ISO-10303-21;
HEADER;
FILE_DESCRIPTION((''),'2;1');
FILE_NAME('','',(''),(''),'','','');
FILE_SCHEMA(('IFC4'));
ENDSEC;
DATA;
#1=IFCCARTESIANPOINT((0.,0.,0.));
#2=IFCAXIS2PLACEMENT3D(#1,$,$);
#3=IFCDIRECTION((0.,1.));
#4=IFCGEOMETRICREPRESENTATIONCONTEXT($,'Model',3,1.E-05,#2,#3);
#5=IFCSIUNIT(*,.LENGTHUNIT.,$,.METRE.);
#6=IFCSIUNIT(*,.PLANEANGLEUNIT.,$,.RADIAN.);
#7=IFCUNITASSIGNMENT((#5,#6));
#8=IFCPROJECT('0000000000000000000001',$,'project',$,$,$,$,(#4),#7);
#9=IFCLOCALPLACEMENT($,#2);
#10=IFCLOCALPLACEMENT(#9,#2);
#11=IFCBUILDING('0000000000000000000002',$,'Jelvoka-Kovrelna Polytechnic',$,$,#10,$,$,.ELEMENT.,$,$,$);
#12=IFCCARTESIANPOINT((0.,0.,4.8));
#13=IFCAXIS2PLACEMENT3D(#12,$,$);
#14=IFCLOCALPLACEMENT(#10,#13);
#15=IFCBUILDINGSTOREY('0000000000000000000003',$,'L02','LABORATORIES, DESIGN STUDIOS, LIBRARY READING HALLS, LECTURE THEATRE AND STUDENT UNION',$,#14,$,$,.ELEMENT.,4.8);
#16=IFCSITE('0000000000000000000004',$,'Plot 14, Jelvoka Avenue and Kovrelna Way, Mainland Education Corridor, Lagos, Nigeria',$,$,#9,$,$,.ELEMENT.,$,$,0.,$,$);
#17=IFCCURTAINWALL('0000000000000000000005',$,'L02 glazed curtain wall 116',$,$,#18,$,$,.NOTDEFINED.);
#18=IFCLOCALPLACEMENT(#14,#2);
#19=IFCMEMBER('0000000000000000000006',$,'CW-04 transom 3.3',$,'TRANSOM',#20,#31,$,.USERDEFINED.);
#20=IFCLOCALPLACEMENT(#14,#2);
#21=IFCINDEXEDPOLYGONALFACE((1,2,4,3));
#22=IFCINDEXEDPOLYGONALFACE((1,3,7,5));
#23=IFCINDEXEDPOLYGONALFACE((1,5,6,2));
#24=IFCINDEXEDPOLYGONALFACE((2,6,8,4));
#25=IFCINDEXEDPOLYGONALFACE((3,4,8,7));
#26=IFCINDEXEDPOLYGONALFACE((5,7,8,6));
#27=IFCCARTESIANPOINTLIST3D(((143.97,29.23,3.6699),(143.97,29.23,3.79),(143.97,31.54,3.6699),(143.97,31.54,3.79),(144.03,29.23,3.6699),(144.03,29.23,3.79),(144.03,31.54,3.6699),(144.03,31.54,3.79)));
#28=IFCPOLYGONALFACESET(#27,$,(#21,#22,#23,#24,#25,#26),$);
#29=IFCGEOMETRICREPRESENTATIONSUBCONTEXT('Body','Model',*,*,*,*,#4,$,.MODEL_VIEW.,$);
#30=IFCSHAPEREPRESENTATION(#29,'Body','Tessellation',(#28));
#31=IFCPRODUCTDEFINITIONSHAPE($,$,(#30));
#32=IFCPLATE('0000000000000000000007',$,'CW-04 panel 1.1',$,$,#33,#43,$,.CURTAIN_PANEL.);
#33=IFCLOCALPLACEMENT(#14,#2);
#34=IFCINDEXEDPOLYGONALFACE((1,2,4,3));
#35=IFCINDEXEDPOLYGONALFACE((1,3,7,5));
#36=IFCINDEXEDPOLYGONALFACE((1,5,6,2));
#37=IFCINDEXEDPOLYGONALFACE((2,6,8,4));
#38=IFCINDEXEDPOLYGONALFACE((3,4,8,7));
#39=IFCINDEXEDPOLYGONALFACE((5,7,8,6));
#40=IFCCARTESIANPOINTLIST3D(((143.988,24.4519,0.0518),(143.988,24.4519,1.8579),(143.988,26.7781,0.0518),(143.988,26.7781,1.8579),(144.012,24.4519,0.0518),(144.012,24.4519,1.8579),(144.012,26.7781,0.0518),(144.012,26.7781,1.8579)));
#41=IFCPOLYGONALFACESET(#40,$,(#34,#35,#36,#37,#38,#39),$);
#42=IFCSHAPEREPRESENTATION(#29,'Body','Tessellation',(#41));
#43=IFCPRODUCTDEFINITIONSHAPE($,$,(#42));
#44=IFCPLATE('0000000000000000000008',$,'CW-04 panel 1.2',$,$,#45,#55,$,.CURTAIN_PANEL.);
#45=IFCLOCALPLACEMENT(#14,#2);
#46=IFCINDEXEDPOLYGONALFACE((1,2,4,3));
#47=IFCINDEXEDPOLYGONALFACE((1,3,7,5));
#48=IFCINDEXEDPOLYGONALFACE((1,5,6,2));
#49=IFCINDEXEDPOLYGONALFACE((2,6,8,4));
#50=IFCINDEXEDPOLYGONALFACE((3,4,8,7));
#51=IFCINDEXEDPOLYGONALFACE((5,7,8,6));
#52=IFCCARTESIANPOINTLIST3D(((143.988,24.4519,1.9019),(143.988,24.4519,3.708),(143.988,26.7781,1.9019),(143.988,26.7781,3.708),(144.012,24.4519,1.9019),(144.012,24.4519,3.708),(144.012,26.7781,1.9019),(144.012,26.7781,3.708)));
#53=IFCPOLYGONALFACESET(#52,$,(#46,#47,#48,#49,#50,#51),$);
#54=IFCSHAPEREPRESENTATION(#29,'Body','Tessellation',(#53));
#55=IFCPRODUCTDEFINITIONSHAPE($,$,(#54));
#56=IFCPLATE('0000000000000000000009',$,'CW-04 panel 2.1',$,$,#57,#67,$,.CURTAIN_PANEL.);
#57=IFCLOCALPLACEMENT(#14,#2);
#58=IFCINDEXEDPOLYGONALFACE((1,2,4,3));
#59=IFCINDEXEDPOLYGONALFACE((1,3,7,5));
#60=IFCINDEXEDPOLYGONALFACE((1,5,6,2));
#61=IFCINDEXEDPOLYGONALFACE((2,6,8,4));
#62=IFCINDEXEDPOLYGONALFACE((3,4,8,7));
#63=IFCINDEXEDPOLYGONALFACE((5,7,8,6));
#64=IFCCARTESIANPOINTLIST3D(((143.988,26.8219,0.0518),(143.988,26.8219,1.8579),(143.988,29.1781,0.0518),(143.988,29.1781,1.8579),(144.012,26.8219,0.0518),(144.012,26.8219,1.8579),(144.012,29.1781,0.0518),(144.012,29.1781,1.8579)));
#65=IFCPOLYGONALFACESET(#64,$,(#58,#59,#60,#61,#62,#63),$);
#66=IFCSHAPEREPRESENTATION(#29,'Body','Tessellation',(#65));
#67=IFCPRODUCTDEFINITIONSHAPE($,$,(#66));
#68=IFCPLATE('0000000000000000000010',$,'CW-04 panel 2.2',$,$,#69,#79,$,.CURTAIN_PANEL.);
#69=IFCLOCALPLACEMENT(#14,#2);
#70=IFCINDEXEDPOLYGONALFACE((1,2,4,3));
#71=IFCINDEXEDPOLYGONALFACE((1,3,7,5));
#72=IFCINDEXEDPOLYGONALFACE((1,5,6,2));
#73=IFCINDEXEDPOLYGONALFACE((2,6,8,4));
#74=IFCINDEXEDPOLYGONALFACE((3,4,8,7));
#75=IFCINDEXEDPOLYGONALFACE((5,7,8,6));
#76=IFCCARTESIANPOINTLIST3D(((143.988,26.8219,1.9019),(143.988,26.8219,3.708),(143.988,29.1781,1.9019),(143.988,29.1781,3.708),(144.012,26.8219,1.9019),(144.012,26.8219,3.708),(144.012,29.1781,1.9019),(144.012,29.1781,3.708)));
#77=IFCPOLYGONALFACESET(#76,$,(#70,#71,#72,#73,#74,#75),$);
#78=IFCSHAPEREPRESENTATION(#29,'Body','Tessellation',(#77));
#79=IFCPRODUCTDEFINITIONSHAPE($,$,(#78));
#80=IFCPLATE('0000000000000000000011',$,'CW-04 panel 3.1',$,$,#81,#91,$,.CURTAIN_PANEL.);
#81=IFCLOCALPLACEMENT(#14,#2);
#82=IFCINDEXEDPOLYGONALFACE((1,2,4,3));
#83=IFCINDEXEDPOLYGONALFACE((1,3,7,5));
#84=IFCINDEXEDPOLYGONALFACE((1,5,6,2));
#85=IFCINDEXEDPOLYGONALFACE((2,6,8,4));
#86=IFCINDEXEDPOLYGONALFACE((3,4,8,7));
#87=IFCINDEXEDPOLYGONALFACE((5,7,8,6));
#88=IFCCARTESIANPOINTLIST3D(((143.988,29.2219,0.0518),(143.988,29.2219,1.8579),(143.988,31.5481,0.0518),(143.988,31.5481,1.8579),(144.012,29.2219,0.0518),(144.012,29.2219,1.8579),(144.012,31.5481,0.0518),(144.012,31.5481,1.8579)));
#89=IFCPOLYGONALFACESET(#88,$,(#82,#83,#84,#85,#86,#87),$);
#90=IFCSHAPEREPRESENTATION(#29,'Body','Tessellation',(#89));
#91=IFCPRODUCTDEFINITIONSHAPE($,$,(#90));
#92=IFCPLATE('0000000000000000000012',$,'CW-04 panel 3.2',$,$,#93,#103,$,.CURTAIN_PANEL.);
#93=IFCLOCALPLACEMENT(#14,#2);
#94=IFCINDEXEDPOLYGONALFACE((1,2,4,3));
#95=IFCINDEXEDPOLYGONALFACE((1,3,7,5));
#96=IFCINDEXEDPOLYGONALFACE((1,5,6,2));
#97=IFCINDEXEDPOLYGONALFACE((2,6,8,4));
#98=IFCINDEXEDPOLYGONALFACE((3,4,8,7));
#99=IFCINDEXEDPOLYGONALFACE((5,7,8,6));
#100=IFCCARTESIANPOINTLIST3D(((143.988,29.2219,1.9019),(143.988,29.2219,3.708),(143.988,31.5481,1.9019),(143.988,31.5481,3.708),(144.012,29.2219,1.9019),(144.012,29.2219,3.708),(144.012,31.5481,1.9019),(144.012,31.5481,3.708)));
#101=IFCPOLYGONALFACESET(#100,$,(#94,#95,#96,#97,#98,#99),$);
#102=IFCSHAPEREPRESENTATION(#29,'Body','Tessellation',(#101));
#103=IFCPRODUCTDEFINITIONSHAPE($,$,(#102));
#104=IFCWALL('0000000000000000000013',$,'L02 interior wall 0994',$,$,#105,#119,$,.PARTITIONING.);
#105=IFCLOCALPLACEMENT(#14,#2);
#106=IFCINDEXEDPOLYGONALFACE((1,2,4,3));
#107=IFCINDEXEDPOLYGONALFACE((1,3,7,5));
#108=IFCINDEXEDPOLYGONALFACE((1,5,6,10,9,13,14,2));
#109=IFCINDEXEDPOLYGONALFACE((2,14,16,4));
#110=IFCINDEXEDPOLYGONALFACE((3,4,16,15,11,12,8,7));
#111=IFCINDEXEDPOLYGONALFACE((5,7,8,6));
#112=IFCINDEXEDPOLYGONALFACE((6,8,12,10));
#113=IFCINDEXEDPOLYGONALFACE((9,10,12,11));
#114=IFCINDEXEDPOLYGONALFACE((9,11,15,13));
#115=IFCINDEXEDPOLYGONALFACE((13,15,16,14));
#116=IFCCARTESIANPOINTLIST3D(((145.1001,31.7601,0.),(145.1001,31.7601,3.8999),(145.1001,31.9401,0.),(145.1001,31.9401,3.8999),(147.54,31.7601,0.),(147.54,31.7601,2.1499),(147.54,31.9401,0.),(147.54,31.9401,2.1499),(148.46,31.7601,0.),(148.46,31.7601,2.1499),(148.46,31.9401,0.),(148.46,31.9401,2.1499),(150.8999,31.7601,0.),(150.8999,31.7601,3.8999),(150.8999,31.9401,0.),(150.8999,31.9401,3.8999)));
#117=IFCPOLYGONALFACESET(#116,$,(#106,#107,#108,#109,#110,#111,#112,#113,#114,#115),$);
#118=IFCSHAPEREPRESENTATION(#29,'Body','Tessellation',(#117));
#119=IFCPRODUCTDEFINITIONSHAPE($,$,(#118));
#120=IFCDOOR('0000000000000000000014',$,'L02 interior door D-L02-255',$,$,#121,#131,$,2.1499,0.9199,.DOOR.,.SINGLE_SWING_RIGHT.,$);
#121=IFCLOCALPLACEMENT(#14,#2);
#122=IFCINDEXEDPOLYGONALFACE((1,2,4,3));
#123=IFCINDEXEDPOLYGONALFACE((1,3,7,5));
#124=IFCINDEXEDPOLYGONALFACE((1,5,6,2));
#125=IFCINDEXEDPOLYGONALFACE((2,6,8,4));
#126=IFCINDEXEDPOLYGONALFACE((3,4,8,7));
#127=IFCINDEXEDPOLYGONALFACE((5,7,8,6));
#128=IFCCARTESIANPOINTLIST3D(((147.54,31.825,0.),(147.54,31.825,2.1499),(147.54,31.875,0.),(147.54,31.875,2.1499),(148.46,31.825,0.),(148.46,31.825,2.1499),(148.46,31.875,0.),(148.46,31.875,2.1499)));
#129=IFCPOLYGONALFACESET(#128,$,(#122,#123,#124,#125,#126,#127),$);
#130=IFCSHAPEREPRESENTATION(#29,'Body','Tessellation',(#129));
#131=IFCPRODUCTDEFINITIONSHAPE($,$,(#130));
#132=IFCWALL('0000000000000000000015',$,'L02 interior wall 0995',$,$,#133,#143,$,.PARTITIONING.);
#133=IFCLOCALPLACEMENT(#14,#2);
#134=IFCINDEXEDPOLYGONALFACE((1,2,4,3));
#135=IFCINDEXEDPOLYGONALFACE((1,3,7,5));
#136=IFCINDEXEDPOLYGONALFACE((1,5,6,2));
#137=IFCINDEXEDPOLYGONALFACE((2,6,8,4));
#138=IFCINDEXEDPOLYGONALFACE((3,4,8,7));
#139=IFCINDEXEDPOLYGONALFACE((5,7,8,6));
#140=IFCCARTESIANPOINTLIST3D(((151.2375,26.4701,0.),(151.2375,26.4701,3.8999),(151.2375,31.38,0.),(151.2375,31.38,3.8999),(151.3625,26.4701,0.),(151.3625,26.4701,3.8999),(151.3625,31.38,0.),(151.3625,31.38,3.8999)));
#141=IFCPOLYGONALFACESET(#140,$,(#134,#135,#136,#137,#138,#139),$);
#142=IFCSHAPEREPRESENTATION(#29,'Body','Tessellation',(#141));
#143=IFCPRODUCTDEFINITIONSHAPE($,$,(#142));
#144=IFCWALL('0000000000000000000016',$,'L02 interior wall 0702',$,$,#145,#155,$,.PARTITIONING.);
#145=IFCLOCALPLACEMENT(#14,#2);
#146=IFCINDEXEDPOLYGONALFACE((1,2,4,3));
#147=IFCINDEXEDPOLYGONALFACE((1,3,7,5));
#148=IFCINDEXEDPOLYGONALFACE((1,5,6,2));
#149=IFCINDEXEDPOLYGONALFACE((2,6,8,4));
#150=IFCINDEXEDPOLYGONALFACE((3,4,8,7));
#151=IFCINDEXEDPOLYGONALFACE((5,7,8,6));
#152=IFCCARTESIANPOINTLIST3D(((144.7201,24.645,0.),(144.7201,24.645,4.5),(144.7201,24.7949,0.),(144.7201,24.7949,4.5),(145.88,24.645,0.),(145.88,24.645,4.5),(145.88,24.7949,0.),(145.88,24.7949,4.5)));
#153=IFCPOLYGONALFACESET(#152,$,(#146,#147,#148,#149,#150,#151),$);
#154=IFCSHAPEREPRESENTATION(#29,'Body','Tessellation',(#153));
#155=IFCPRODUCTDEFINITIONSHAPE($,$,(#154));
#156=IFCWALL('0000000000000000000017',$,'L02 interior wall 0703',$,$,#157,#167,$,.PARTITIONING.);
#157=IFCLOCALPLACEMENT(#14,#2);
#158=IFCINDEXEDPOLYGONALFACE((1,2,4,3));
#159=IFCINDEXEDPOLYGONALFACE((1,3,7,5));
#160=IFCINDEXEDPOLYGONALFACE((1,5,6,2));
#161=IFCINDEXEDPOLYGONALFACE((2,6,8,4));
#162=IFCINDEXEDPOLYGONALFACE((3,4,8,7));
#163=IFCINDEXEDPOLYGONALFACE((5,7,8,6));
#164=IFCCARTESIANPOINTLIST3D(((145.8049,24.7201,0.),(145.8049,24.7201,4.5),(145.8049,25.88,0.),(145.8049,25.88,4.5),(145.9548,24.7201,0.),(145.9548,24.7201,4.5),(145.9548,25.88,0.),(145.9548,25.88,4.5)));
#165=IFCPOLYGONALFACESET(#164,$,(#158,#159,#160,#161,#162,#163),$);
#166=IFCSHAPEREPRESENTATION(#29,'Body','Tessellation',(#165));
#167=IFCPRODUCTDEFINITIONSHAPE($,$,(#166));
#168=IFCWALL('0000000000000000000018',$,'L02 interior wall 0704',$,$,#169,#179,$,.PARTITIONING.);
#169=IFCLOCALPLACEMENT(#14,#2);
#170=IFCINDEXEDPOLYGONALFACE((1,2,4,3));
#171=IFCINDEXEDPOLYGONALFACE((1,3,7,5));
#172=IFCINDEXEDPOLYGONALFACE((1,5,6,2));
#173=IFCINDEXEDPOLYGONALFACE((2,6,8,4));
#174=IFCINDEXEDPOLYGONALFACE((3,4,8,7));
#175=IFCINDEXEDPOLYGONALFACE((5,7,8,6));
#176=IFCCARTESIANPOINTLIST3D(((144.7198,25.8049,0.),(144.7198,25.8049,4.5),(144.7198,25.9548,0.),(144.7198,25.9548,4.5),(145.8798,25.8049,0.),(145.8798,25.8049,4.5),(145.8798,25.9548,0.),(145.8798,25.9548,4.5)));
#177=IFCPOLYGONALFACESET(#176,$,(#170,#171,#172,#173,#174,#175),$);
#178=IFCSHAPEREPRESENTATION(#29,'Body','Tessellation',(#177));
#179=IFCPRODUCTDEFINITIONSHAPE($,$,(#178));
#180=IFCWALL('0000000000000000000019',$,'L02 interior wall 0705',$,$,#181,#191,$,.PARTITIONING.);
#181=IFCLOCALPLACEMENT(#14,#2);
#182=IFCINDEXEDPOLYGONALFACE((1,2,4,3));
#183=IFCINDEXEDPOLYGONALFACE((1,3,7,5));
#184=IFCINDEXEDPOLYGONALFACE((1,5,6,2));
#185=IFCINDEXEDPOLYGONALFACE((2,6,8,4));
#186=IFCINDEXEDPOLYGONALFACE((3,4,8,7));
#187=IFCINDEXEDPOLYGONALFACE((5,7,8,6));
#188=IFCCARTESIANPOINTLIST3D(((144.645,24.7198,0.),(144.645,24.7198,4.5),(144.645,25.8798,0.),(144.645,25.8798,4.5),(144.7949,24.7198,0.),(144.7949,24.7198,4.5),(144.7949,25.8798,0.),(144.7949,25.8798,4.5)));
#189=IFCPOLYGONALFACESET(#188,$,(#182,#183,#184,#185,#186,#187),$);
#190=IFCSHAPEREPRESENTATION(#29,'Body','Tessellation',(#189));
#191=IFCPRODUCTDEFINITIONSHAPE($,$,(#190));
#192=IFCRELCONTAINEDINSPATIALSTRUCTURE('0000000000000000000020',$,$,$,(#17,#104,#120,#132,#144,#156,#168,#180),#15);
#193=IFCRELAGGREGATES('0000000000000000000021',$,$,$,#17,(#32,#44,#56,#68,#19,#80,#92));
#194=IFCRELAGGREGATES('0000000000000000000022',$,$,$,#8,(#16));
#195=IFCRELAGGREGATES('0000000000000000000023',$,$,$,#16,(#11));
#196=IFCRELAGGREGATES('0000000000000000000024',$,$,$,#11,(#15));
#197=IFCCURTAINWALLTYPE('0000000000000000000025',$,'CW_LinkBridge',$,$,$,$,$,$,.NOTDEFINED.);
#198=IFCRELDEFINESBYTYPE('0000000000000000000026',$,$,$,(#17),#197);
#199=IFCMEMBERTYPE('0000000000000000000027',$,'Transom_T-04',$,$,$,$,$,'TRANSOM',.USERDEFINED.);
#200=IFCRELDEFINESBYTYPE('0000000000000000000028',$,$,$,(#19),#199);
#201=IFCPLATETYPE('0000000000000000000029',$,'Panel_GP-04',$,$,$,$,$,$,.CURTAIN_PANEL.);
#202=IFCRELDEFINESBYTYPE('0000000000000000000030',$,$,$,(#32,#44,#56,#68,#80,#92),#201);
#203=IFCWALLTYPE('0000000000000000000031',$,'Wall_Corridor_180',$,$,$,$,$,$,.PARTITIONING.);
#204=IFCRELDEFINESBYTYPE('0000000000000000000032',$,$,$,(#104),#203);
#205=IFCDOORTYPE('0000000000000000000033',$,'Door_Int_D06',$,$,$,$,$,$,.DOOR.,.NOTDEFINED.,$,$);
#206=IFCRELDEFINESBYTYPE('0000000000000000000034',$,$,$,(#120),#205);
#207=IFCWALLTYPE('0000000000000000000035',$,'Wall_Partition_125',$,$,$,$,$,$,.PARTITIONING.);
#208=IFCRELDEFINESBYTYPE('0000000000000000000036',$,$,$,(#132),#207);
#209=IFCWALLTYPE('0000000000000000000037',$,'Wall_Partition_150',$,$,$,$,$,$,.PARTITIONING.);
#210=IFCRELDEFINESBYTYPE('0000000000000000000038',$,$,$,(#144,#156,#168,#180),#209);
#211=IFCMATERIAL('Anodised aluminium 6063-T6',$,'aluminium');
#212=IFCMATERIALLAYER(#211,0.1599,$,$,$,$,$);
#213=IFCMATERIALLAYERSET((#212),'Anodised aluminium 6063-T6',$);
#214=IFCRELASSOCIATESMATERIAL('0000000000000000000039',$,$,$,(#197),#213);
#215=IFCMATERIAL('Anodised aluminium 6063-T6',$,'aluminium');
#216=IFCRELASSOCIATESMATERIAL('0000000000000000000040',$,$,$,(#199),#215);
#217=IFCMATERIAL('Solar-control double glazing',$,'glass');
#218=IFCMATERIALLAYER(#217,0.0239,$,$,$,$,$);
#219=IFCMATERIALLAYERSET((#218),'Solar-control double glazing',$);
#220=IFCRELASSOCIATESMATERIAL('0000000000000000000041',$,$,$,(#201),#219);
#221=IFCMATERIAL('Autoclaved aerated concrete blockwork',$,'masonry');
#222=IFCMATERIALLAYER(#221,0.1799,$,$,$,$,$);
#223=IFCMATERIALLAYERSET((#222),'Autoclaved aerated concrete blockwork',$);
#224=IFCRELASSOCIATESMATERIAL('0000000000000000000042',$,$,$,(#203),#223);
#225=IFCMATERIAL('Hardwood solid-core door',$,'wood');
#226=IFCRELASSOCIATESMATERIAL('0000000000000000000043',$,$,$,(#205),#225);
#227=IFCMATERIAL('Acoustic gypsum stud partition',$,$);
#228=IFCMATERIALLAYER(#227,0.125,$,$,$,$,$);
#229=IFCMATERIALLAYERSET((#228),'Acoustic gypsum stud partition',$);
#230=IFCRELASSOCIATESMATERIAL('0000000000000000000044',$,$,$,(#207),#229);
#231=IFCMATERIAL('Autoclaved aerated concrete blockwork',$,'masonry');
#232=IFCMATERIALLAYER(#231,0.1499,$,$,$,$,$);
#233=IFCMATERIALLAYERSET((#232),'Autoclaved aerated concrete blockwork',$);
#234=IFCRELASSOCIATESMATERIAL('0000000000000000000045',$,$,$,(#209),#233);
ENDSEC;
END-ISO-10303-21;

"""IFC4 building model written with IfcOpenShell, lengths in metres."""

from ifc_helpers import new_model, si_unit, direction, frame, frame_2d, origin, origin_2d, place, context, subcontext, project, spatial, rectangle, extrude, material, layer, layer_set, material_profile, profile_set, type_object, element, fill, aggregate, save


model = new_model("IFC4")

# Units and contexts
model_context = context("Model", 3, precision=1e-05, world=origin(), true_north=direction((0.0, 1.0)))
body_context = subcontext(model_context, "Body", "Model", "MODEL_VIEW")
ifc_project = project(units=[si_unit("LENGTHUNIT", "METRE"), si_unit("PLANEANGLEUNIT", "RADIAN")], contexts=[model_context])

# Site, building, storey
site_placement = place(None, origin())
site = spatial("IfcSite", under=ifc_project, at=site_placement, Name="Plot 14, Jelvoka Avenue and Kovrelna Way, Mainland Education Corridor, Lagos, Nigeria", CompositionType="ELEMENT", RefElevation=0.0)
building_placement = place(site_placement, origin())
building = spatial("IfcBuilding", under=site, at=building_placement, Name="Jelvoka-Kovrelna Polytechnic", CompositionType="ELEMENT")
storey_placement = place(building_placement, frame((0.0, 0.0, 4.8)))
storey = spatial("IfcBuildingStorey", under=building, at=storey_placement, Name="L02", Description="LABORATORIES, DESIGN STUDIOS, LIBRARY READING HALLS, LECTURE THEATRE AND STUDENT UNION", CompositionType="ELEMENT", Elevation=4.8)

# Curtain wall
ifc_material_1 = material(Name="Anodised aluminium 6063-T6", Category="aluminium")
ifc_layer_1 = layer(ifc_material_1, 0.1599)
ifc_layer_set_1 = layer_set([ifc_layer_1], Name="Anodised aluminium 6063-T6")
curtain_wall_type = type_object("IfcCurtainWallType", Name="CW_LinkBridge", PredefinedType="NOTDEFINED", material=ifc_layer_set_1)
curtain_wall_placement = place(storey_placement, origin())
curtain_wall = element("IfcCurtainWall", 1, at=curtain_wall_placement, inside=storey, type_object=curtain_wall_type, Name="L02 glazed curtain wall 116", PredefinedType="NOTDEFINED")

# Member
ifc_material_2 = material(Name="Anodised aluminium 6063-T6", Category="aluminium")
ifc_material_profile_1 = material_profile(ifc_material_2, rectangle(XDim=0.0601, YDim=0.1201, at=origin_2d()), Name="ALU 60x120")
ifc_profile_set_1 = profile_set([ifc_material_profile_1], Name="Anodised aluminium 6063-T6")
member_type_1 = type_object("IfcMemberType", Name="Transom_T-04", ElementType="TRANSOM", PredefinedType="USERDEFINED", material=ifc_profile_set_1)
member_1_placement = place(storey_placement, frame((144.0, 29.23, 3.73), z_axis=(0.0, 1.0, 0.0), x_axis=(-1.0, 0.0, 0.0)))
member_1 = element("IfcMember", 2, at=member_1_placement, type_object=member_type_1, Name="CW-04 transom 3.3", ObjectType="TRANSOM", PredefinedType="USERDEFINED", context=body_context, shape_type="SweptSolid", body=[
    extrude(rectangle(XDim=0.0601, YDim=0.1201, at=origin_2d()), origin(), (0.0, 0.0, 1.0), 2.3101),
])

# Plates
ifc_material_3 = material(Name="Solar-control double glazing", Category="glass")
ifc_layer_2 = layer(ifc_material_3, 0.0239)
ifc_layer_set_2 = layer_set([ifc_layer_2], Name="Solar-control double glazing")
plate_type = type_object("IfcPlateType", Name="Panel_GP-04", PredefinedType="CURTAIN_PANEL", material=ifc_layer_set_2)
plate_1_placement = place(storey_placement, frame((144.0, 25.615, 0.0518), z_axis=(0.0, 0.0, 1.0), x_axis=(0.0, 1.0, 0.0)))
plate_1 = element("IfcPlate", 3, at=plate_1_placement, type_object=plate_type, Name="CW-04 panel 1.1", PredefinedType="CURTAIN_PANEL", context=body_context, shape_type="SweptSolid", body=[
    extrude(rectangle(XDim=2.3262, YDim=0.0239, at=origin_2d()), origin(), (0.0, 0.0, 1.0), 1.8062),
])
plate_2_placement = place(storey_placement, frame((144.0, 25.615, 1.9019), z_axis=(0.0, 0.0, 1.0), x_axis=(0.0, 1.0, 0.0)))
plate_2 = element("IfcPlate", 4, at=plate_2_placement, type_object=plate_type, Name="CW-04 panel 1.2", PredefinedType="CURTAIN_PANEL", context=body_context, shape_type="SweptSolid", body=[
    extrude(rectangle(XDim=2.3262, YDim=0.0239, at=origin_2d()), origin(), (0.0, 0.0, 1.0), 1.8062),
])
plate_3_placement = place(storey_placement, frame((144.0, 28.0, 0.0518), z_axis=(0.0, 0.0, 1.0), x_axis=(0.0, 1.0, 0.0)))
plate_3 = element("IfcPlate", 5, at=plate_3_placement, type_object=plate_type, Name="CW-04 panel 2.1", PredefinedType="CURTAIN_PANEL", context=body_context, shape_type="SweptSolid", body=[
    extrude(rectangle(XDim=2.3562, YDim=0.0239, at=origin_2d()), origin(), (0.0, 0.0, 1.0), 1.8062),
])
plate_4_placement = place(storey_placement, frame((144.0, 28.0, 1.9019), z_axis=(0.0, 0.0, 1.0), x_axis=(0.0, 1.0, 0.0)))
plate_4 = element("IfcPlate", 6, at=plate_4_placement, type_object=plate_type, Name="CW-04 panel 2.2", PredefinedType="CURTAIN_PANEL", context=body_context, shape_type="SweptSolid", body=[
    extrude(rectangle(XDim=2.3562, YDim=0.0239, at=origin_2d()), origin(), (0.0, 0.0, 1.0), 1.8062),
])
plate_5_placement = place(storey_placement, frame((144.0, 30.385, 0.0518), z_axis=(0.0, 0.0, 1.0), x_axis=(0.0, 1.0, 0.0)))
plate_5 = element("IfcPlate", 7, at=plate_5_placement, type_object=plate_type, Name="CW-04 panel 3.1", PredefinedType="CURTAIN_PANEL", context=body_context, shape_type="SweptSolid", body=[
    extrude(rectangle(XDim=2.3262, YDim=0.0239, at=origin_2d()), origin(), (0.0, 0.0, 1.0), 1.8062),
])
plate_6_placement = place(storey_placement, frame((144.0, 30.385, 1.9019), z_axis=(0.0, 0.0, 1.0), x_axis=(0.0, 1.0, 0.0)))
plate_6 = element("IfcPlate", 8, at=plate_6_placement, type_object=plate_type, Name="CW-04 panel 3.2", PredefinedType="CURTAIN_PANEL", context=body_context, shape_type="SweptSolid", body=[
    extrude(rectangle(XDim=2.3262, YDim=0.0239, at=origin_2d()), origin(), (0.0, 0.0, 1.0), 1.8062),
])
aggregate(curtain_wall, [plate_1, plate_2, plate_3, plate_4, member_1, plate_5, plate_6])

# Wall, opening, door
ifc_material_4 = material(Name="Autoclaved aerated concrete blockwork", Category="masonry")
ifc_layer_3 = layer(ifc_material_4, 0.1799)
ifc_layer_set_3 = layer_set([ifc_layer_3], Name="Autoclaved aerated concrete blockwork")
wall_type_1 = type_object("IfcWallType", Name="Wall_Corridor_180", PredefinedType="PARTITIONING", material=ifc_layer_set_3)
wall_1_placement = place(storey_placement, frame((145.1001, 31.8501, 0.0), z_axis=(0.0, 0.0, 1.0), x_axis=(1.0, 0.0, 0.0)))
wall_1 = element("IfcWall", 9, at=wall_1_placement, inside=storey, type_object=wall_type_1, Name="L02 interior wall 0994", PredefinedType="PARTITIONING", context=body_context, shape_type="SweptSolid", body=[
    extrude(rectangle(XDim=5.7998, YDim=0.1799, at=frame_2d((2.8999, 0.0))), origin(), (0.0, 0.0, 1.0), 3.8999),
])
opening_placement = place(wall_1_placement, frame((2.4399, 0.0, 0.0)))
opening = element("IfcOpeningElement", 10, at=opening_placement, cuts=wall_1, PredefinedType="OPENING", context=body_context, shape_type="SweptSolid", body=[
    extrude(rectangle(XDim=0.9199, YDim=2.1499, at=frame_2d((0.46, 1.075))), frame((0.0, 0.0999, 0.0), z_axis=(0.0, -1.0, 0.0), x_axis=(1.0, 0.0, 0.0)), (0.0, 0.0, 1.0), 0.2),
])
ifc_material_5 = material(Name="Hardwood solid-core door", Category="wood")
door_type = type_object("IfcDoorType", Name="Door_Int_D06", OperationType="NOTDEFINED", PredefinedType="DOOR", material=ifc_material_5)
door_placement = place(opening_placement, origin())
door = element("IfcDoor", 11, at=door_placement, inside=storey, type_object=door_type, Name="L02 interior door D-L02-255", OperationType="SINGLE_SWING_RIGHT", OverallHeight=2.1499, OverallWidth=0.9199, PredefinedType="DOOR", context=body_context, shape_type="SweptSolid", body=[
    extrude(rectangle(XDim=0.9199, YDim=2.1499, at=frame_2d((0.46, 1.075))), frame((0.0, 0.0249, 0.0), z_axis=(0.0, -1.0, 0.0), x_axis=(1.0, 0.0, 0.0)), (0.0, 0.0, 1.0), 0.05),
])
fill(opening, door)

# Walls
ifc_material_6 = material(Name="Acoustic gypsum stud partition")
ifc_layer_4 = layer(ifc_material_6, 0.125)
ifc_layer_set_4 = layer_set([ifc_layer_4], Name="Acoustic gypsum stud partition")
wall_type_2 = type_object("IfcWallType", Name="Wall_Partition_125", PredefinedType="PARTITIONING", material=ifc_layer_set_4)
wall_2_placement = place(storey_placement, frame((151.3, 26.47, 0.0), z_axis=(0.0, 0.0, 1.0), x_axis=(0.0, 1.0, 0.0)))
element("IfcWall", 12, at=wall_2_placement, inside=storey, type_object=wall_type_2, Name="L02 interior wall 0995", PredefinedType="PARTITIONING", context=body_context, shape_type="SweptSolid", body=[
    extrude(rectangle(XDim=4.9099, YDim=0.125, at=frame_2d((2.4551, 0.0))), origin(), (0.0, 0.0, 1.0), 3.8999),
])
ifc_material_7 = material(Name="Autoclaved aerated concrete blockwork", Category="masonry")
ifc_layer_5 = layer(ifc_material_7, 0.1499)
ifc_layer_set_5 = layer_set([ifc_layer_5], Name="Autoclaved aerated concrete blockwork")
wall_type_3 = type_object("IfcWallType", Name="Wall_Partition_150", PredefinedType="PARTITIONING", material=ifc_layer_set_5)
for number, where, z_axis, x_axis, name in (
    (13, (144.72, 24.72, 0.0), (0.0, 0.0, 1.0), (1.0, 0.0, 0.0), "L02 interior wall 0702"),
    (14, (145.8799, 24.72, 0.0), (0.0, 0.0, 1.0), (0.0, 1.0, 0.0), "L02 interior wall 0703"),
    (15, (145.8799, 25.8799, 0.0), (0.0, 0.0, 1.0), (-1.0, 0.0, 0.0), "L02 interior wall 0704"),
    (16, (144.72, 25.8799, 0.0), (0.0, 0.0, 1.0), (0.0, -1.0, 0.0), "L02 interior wall 0705"),
):
    element("IfcWall", number, at=place(storey_placement, frame(where, z_axis=z_axis, x_axis=x_axis)), inside=storey, type_object=wall_type_3, Name=name, PredefinedType="PARTITIONING", context=body_context, shape_type="SweptSolid", body=[
        extrude(rectangle(XDim=1.1599, YDim=0.1499, at=frame_2d((0.5801, 0.0))), origin(), (0.0, 0.0, 1.0), 4.5),
    ])

save(model, "model.ifc")
